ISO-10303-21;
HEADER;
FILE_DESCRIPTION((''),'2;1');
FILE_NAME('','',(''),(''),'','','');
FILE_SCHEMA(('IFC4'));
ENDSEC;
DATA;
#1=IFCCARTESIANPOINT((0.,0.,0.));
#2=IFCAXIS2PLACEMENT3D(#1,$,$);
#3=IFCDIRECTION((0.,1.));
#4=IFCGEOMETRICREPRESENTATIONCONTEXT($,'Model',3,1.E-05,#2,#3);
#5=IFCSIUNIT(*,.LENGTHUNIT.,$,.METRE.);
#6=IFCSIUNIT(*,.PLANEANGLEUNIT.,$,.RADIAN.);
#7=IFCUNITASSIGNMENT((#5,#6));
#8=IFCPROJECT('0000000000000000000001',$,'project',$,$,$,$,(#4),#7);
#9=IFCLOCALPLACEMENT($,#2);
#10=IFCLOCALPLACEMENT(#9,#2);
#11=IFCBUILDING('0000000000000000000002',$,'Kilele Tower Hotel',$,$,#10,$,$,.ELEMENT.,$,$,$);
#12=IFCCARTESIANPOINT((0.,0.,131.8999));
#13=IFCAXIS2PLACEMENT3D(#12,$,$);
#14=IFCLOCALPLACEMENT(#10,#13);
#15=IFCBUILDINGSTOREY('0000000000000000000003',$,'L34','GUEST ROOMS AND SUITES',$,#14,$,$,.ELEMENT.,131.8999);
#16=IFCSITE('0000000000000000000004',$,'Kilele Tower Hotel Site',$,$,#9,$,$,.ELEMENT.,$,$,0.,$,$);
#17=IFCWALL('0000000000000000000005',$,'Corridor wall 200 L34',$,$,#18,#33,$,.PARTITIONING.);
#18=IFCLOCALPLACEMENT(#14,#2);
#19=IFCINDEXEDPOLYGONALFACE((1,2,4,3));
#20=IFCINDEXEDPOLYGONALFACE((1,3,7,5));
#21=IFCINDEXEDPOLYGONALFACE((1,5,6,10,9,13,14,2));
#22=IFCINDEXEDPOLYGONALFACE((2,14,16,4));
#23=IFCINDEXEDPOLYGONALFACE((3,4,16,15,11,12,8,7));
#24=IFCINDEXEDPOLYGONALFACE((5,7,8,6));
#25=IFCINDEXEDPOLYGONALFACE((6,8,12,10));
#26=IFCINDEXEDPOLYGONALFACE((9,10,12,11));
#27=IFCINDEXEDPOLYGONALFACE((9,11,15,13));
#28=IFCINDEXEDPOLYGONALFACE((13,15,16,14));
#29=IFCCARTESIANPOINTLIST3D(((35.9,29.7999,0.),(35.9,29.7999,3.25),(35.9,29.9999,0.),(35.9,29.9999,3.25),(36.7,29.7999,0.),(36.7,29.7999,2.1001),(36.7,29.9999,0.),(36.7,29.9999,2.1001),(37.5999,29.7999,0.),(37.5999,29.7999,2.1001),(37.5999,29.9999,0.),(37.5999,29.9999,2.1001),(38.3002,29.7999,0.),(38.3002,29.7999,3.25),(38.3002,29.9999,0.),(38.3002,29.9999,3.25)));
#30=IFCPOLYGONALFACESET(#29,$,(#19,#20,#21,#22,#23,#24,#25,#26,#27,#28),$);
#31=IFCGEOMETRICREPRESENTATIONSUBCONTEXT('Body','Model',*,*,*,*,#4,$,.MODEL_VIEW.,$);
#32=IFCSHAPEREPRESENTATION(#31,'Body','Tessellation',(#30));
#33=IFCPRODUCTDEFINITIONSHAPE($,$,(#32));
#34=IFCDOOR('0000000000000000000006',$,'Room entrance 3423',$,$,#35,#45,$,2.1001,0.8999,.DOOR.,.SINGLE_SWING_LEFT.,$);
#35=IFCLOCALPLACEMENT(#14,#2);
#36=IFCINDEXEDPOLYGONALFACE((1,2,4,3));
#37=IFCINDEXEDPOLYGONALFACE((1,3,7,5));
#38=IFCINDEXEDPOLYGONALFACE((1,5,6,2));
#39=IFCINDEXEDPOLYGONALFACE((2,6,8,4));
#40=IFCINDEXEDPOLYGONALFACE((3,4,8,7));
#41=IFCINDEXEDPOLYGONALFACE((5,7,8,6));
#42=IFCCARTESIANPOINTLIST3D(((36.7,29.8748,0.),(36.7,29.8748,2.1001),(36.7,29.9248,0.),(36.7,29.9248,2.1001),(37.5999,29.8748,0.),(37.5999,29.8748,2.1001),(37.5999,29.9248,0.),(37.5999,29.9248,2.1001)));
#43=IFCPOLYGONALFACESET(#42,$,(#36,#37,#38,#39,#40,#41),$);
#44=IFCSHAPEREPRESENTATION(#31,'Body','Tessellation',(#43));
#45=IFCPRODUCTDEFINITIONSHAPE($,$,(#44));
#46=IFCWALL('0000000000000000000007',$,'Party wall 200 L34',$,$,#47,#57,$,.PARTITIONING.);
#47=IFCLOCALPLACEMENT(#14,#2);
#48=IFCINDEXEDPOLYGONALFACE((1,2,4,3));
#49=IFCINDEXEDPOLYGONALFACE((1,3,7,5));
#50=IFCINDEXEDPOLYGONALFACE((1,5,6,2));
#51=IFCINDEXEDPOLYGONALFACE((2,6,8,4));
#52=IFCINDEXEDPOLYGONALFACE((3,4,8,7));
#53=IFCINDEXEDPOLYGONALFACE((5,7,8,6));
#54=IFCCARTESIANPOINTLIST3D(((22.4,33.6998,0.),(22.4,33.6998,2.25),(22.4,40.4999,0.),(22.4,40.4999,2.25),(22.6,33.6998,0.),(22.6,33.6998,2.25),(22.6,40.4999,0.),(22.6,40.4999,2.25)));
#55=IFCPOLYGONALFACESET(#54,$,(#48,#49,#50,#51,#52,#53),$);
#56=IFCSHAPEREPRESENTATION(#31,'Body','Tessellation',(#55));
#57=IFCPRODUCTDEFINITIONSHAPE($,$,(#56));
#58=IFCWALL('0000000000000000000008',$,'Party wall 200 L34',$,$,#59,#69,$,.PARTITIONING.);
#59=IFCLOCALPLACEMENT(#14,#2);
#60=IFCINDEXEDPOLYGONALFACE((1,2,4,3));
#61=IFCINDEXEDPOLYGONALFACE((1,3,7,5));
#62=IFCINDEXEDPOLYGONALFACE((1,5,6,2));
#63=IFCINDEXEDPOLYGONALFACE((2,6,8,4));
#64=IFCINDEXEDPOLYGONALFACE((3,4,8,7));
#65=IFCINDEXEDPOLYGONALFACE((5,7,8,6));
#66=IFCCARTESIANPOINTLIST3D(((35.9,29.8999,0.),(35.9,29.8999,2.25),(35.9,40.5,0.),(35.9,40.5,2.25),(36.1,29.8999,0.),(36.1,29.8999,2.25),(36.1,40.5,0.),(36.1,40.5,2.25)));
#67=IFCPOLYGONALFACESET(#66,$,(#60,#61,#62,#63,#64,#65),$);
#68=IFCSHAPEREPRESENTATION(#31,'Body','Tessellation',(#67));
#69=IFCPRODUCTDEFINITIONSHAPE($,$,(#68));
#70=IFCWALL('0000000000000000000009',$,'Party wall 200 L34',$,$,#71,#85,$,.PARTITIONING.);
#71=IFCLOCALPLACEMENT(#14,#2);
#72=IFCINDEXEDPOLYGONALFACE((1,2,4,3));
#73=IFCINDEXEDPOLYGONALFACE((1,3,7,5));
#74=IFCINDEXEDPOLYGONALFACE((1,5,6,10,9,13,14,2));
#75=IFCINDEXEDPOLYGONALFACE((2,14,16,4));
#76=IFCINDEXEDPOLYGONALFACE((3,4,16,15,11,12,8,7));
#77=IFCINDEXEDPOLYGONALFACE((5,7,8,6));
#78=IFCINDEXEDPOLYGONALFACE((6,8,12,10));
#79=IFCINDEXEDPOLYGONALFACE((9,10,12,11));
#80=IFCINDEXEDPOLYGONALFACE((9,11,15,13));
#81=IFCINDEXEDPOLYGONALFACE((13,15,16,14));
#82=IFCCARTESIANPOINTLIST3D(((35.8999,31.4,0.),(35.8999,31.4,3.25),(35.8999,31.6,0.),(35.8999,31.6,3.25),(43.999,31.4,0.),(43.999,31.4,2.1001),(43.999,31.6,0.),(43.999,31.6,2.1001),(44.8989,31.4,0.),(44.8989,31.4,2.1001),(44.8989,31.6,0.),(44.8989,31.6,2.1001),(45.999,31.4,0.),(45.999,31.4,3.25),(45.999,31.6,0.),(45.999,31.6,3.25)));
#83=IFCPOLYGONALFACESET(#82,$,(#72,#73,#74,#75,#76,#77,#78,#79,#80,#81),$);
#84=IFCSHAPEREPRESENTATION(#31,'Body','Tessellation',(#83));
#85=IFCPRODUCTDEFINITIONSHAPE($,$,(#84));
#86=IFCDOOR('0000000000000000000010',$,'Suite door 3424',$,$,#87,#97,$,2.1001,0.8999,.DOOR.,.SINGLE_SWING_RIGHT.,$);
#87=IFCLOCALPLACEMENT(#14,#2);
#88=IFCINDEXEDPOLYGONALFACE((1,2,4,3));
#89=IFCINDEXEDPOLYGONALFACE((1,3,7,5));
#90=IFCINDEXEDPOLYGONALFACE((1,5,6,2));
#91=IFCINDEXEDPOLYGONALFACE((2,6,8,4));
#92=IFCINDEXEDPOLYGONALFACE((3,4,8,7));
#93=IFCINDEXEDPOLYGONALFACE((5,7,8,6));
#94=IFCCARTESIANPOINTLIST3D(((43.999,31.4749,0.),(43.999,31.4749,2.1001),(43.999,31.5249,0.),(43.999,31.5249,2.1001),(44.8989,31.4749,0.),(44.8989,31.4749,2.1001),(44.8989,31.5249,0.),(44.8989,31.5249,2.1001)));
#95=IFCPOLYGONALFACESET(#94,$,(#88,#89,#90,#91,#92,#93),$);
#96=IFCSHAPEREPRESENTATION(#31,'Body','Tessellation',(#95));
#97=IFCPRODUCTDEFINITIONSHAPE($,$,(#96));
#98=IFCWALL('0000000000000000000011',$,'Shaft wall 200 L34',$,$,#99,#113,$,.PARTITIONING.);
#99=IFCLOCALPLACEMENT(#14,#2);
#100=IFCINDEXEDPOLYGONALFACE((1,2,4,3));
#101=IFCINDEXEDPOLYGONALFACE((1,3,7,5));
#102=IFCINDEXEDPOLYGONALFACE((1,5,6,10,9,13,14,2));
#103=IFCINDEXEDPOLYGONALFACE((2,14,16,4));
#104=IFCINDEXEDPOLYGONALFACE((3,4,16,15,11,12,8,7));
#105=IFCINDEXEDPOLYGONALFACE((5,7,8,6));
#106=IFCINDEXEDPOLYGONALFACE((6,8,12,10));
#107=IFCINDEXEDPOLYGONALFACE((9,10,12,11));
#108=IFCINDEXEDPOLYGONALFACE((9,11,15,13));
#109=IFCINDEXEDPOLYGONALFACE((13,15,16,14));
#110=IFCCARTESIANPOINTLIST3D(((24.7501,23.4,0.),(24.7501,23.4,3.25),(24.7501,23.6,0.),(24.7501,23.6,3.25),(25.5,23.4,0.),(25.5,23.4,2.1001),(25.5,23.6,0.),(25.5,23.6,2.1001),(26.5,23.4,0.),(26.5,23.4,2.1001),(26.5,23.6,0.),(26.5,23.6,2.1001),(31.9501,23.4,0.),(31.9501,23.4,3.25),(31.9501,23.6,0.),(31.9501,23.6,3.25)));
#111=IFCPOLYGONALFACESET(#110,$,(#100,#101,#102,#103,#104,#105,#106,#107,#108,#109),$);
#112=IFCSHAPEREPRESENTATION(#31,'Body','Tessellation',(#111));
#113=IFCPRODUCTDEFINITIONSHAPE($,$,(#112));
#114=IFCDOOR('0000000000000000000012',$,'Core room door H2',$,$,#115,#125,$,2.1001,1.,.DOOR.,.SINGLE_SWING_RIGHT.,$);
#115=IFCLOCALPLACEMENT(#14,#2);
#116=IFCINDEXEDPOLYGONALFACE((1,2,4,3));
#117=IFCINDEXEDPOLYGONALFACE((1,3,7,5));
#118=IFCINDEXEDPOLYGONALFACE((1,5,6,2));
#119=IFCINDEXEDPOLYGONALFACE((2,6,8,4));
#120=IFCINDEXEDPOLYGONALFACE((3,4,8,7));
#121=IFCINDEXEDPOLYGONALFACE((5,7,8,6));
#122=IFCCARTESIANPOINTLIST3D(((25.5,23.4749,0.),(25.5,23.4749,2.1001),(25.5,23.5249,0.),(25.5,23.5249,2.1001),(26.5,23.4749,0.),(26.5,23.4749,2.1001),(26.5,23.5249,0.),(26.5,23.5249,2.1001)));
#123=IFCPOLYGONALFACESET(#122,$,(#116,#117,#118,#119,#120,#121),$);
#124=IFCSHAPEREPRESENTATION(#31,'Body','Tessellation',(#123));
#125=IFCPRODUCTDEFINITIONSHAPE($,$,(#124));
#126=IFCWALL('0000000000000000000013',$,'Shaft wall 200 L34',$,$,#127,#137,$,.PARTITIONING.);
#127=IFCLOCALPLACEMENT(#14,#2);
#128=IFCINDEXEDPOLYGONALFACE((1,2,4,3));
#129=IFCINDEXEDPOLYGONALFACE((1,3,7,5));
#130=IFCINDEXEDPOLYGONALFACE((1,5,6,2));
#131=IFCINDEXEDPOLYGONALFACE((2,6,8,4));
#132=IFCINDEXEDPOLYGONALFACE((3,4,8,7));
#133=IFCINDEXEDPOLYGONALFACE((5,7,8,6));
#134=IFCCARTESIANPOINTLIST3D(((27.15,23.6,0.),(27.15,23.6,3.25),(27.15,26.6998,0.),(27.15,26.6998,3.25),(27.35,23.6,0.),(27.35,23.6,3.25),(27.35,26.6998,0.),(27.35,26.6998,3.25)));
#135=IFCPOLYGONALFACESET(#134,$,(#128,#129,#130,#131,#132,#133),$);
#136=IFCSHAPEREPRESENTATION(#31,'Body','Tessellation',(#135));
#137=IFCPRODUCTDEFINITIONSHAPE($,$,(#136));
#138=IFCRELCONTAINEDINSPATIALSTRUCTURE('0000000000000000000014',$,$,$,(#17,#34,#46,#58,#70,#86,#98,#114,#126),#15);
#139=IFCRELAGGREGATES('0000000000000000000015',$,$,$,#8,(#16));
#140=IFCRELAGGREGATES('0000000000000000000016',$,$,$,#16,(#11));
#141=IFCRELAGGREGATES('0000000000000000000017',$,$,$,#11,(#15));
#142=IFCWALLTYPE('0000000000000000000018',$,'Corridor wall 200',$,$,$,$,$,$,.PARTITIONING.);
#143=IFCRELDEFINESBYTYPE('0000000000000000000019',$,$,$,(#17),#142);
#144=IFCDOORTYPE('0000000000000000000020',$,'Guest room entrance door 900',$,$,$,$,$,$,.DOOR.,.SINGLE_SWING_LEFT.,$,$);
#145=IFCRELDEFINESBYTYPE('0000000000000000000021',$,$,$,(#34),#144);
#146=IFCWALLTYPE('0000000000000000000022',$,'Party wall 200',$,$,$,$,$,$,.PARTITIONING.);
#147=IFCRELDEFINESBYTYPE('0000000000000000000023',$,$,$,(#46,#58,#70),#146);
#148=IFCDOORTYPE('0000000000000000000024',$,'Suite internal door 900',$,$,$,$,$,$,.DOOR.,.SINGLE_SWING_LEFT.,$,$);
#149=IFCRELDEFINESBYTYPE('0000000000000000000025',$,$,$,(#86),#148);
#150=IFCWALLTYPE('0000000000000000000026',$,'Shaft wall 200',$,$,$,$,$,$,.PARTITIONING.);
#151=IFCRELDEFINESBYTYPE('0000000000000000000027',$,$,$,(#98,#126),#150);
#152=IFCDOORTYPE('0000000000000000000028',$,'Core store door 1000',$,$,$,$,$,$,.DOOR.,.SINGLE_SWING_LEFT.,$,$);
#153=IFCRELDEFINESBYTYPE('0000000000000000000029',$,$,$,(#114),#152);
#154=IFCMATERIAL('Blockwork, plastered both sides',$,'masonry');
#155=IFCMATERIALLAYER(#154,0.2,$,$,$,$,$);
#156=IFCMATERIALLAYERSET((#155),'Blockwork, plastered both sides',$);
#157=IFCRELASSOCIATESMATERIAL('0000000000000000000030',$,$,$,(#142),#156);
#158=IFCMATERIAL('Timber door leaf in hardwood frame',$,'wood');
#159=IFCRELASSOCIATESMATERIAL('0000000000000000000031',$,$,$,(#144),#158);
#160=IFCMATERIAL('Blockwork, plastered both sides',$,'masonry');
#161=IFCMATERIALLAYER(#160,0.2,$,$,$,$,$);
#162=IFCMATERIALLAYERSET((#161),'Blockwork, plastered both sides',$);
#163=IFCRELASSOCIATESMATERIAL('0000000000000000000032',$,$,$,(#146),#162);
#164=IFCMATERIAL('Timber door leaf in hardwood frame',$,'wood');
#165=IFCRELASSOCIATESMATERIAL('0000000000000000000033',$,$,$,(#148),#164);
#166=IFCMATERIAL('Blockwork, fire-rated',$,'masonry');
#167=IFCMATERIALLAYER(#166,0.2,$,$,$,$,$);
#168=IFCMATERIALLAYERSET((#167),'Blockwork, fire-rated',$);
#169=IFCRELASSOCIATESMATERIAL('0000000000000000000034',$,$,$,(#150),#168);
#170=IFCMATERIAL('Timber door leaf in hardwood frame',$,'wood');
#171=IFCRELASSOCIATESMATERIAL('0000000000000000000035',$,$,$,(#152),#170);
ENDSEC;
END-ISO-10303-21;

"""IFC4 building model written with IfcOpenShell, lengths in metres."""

from ifc_helpers import new_model, si_unit, direction, frame, frame_2d, origin, place, context, subcontext, project, spatial, rectangle, extrude, material, layer, layer_set, type_object, element, fill, save


model = new_model("IFC4")

# Units and contexts
model_context = context("Model", 3, precision=1e-05, world=origin(), true_north=direction((0.0, 1.0)))
body_context = subcontext(model_context, "Body", "Model", "MODEL_VIEW")
ifc_project = project(units=[si_unit("LENGTHUNIT", "METRE"), si_unit("PLANEANGLEUNIT", "RADIAN")], contexts=[model_context])

# Site, building, storey
site_placement = place(None, origin())
site = spatial("IfcSite", under=ifc_project, at=site_placement, Name="Kilele Tower Hotel Site", CompositionType="ELEMENT", RefElevation=0.0)
building_placement = place(site_placement, origin())
building = spatial("IfcBuilding", under=site, at=building_placement, Name="Kilele Tower Hotel", CompositionType="ELEMENT")
storey_placement = place(building_placement, frame((0.0, 0.0, 131.8999)))
storey = spatial("IfcBuildingStorey", under=building, at=storey_placement, Name="L34", Description="GUEST ROOMS AND SUITES", CompositionType="ELEMENT", Elevation=131.8999)

# Wall, opening, door
ifc_material_1 = material(Name="Blockwork, plastered both sides", Category="masonry")
ifc_layer_1 = layer(ifc_material_1, 0.2)
ifc_layer_set_1 = layer_set([ifc_layer_1], Name="Blockwork, plastered both sides")
wall_type_1 = type_object("IfcWallType", Name="Corridor wall 200", PredefinedType="PARTITIONING", material=ifc_layer_set_1)
wall_1_placement = place(storey_placement, frame((35.8999, 29.8999, 0.0), z_axis=(0.0, 0.0, 1.0), x_axis=(1.0, 0.0, 0.0)))
wall_1 = element("IfcWall", 1, at=wall_1_placement, inside=storey, type_object=wall_type_1, Name="Corridor wall 200 L34", PredefinedType="PARTITIONING", context=body_context, shape_type="SweptSolid", body=[
    extrude(rectangle(XDim=2.4001, YDim=0.2, at=frame_2d((1.2002, 0.0))), origin(), (0.0, 0.0, 1.0), 3.25),
])
opening_1_placement = place(wall_1_placement, frame((0.8, 0.0, 0.0)))
opening_1 = element("IfcOpeningElement", 2, at=opening_1_placement, cuts=wall_1, PredefinedType="OPENING", context=body_context, shape_type="SweptSolid", body=[
    extrude(rectangle(XDim=0.8999, YDim=2.1001, at=frame_2d((0.45, 1.05))), frame((0.0, 0.1099, 0.0), z_axis=(0.0, -1.0, 0.0), x_axis=(1.0, 0.0, 0.0)), (0.0, 0.0, 1.0), 0.22),
])
ifc_material_2 = material(Name="Timber door leaf in hardwood frame", Category="wood")
door_type_1 = type_object("IfcDoorType", Name="Guest room entrance door 900", OperationType="SINGLE_SWING_LEFT", PredefinedType="DOOR", material=ifc_material_2)
door_1_placement = place(opening_1_placement, origin())
door_1 = element("IfcDoor", 3, at=door_1_placement, inside=storey, type_object=door_type_1, Name="Room entrance 3423", OperationType="SINGLE_SWING_LEFT", OverallHeight=2.1001, OverallWidth=0.8999, PredefinedType="DOOR", context=body_context, shape_type="SweptSolid", body=[
    extrude(rectangle(XDim=0.8999, YDim=2.1001, at=frame_2d((0.45, 1.05))), frame((0.0, 0.0249, 0.0), z_axis=(0.0, -1.0, 0.0), x_axis=(1.0, 0.0, 0.0)), (0.0, 0.0, 1.0), 0.05),
])
fill(opening_1, door_1)

# Walls
ifc_material_3 = material(Name="Blockwork, plastered both sides", Category="masonry")
ifc_layer_2 = layer(ifc_material_3, 0.2)
ifc_layer_set_2 = layer_set([ifc_layer_2], Name="Blockwork, plastered both sides")
wall_type_2 = type_object("IfcWallType", Name="Party wall 200", PredefinedType="PARTITIONING", material=ifc_layer_set_2)
wall_2_placement = place(storey_placement, frame((22.5, 33.7, 0.0), z_axis=(0.0, 0.0, 1.0), x_axis=(0.0, 1.0, 0.0)))
element("IfcWall", 4, at=wall_2_placement, inside=storey, type_object=wall_type_2, Name="Party wall 200 L34", PredefinedType="PARTITIONING", context=body_context, shape_type="SweptSolid", body=[
    extrude(rectangle(XDim=6.8, YDim=0.2, at=frame_2d((3.3999, 0.0))), origin(), (0.0, 0.0, 1.0), 2.25),
])
wall_3_placement = place(storey_placement, frame((36.0, 29.8999, 0.0), z_axis=(0.0, 0.0, 1.0), x_axis=(0.0, 1.0, 0.0)))
element("IfcWall", 5, at=wall_3_placement, inside=storey, type_object=wall_type_2, Name="Party wall 200 L34", PredefinedType="PARTITIONING", context=body_context, shape_type="SweptSolid", body=[
    extrude(rectangle(XDim=10.6001, YDim=0.2, at=frame_2d((5.3, 0.0))), origin(), (0.0, 0.0, 1.0), 2.25),
])

# Walls, openings, doors
wall_4_placement = place(storey_placement, frame((35.8999, 31.5, 0.0), z_axis=(0.0, 0.0, 1.0), x_axis=(1.0, 0.0, 0.0)))
wall_4 = element("IfcWall", 6, at=wall_4_placement, inside=storey, type_object=wall_type_2, Name="Party wall 200 L34", PredefinedType="PARTITIONING", context=body_context, shape_type="SweptSolid", body=[
    extrude(rectangle(XDim=10.0991, YDim=0.2, at=frame_2d((5.0496, 0.0))), origin(), (0.0, 0.0, 1.0), 3.25),
])
opening_2_placement = place(wall_4_placement, frame((8.0991, 0.0, 0.0)))
opening_2 = element("IfcOpeningElement", 7, at=opening_2_placement, cuts=wall_4, PredefinedType="OPENING", context=body_context, shape_type="SweptSolid", body=[
    extrude(rectangle(XDim=0.8999, YDim=2.1001, at=frame_2d((0.45, 1.05))), frame((0.0, 0.1099, 0.0), z_axis=(0.0, -1.0, 0.0), x_axis=(1.0, 0.0, 0.0)), (0.0, 0.0, 1.0), 0.22),
])
ifc_material_4 = material(Name="Timber door leaf in hardwood frame", Category="wood")
door_type_2 = type_object("IfcDoorType", Name="Suite internal door 900", OperationType="SINGLE_SWING_LEFT", PredefinedType="DOOR", material=ifc_material_4)
door_2_placement = place(opening_2_placement, origin())
door_2 = element("IfcDoor", 8, at=door_2_placement, inside=storey, type_object=door_type_2, Name="Suite door 3424", OperationType="SINGLE_SWING_RIGHT", OverallHeight=2.1001, OverallWidth=0.8999, PredefinedType="DOOR", context=body_context, shape_type="SweptSolid", body=[
    extrude(rectangle(XDim=0.8999, YDim=2.1001, at=frame_2d((0.45, 1.05))), frame((0.0, 0.0249, 0.0), z_axis=(0.0, -1.0, 0.0), x_axis=(1.0, 0.0, 0.0)), (0.0, 0.0, 1.0), 0.05),
])
fill(opening_2, door_2)
ifc_material_5 = material(Name="Blockwork, fire-rated", Category="masonry")
ifc_layer_3 = layer(ifc_material_5, 0.2)
ifc_layer_set_3 = layer_set([ifc_layer_3], Name="Blockwork, fire-rated")
wall_type_3 = type_object("IfcWallType", Name="Shaft wall 200", PredefinedType="PARTITIONING", material=ifc_layer_set_3)
wall_5_placement = place(storey_placement, frame((24.75, 23.5, 0.0), z_axis=(0.0, 0.0, 1.0), x_axis=(1.0, 0.0, 0.0)))
wall_5 = element("IfcWall", 9, at=wall_5_placement, inside=storey, type_object=wall_type_3, Name="Shaft wall 200 L34", PredefinedType="PARTITIONING", context=body_context, shape_type="SweptSolid", body=[
    extrude(rectangle(XDim=7.2, YDim=0.2, at=frame_2d((3.6001, 0.0))), origin(), (0.0, 0.0, 1.0), 3.25),
])
opening_3_placement = place(wall_5_placement, frame((0.75, 0.0, 0.0)))
opening_3 = element("IfcOpeningElement", 10, at=opening_3_placement, cuts=wall_5, PredefinedType="OPENING", context=body_context, shape_type="SweptSolid", body=[
    extrude(rectangle(XDim=1.0, YDim=2.1001, at=frame_2d((0.5, 1.05))), frame((0.0, 0.1099, 0.0), z_axis=(0.0, -1.0, 0.0), x_axis=(1.0, 0.0, 0.0)), (0.0, 0.0, 1.0), 0.22),
])
ifc_material_6 = material(Name="Timber door leaf in hardwood frame", Category="wood")
door_type_3 = type_object("IfcDoorType", Name="Core store door 1000", OperationType="SINGLE_SWING_LEFT", PredefinedType="DOOR", material=ifc_material_6)
door_3_placement = place(opening_3_placement, origin())
door_3 = element("IfcDoor", 11, at=door_3_placement, inside=storey, type_object=door_type_3, Name="Core room door H2", OperationType="SINGLE_SWING_RIGHT", OverallHeight=2.1001, OverallWidth=1.0, PredefinedType="DOOR", context=body_context, shape_type="SweptSolid", body=[
    extrude(rectangle(XDim=1.0, YDim=2.1001, at=frame_2d((0.5, 1.05))), frame((0.0, 0.0249, 0.0), z_axis=(0.0, -1.0, 0.0), x_axis=(1.0, 0.0, 0.0)), (0.0, 0.0, 1.0), 0.05),
])
fill(opening_3, door_3)

# Wall
wall_6_placement = place(storey_placement, frame((27.25, 23.6001, 0.0), z_axis=(0.0, 0.0, 1.0), x_axis=(0.0, 1.0, 0.0)))
element("IfcWall", 12, at=wall_6_placement, inside=storey, type_object=wall_type_3, Name="Shaft wall 200 L34", PredefinedType="PARTITIONING", context=body_context, shape_type="SweptSolid", body=[
    extrude(rectangle(XDim=3.0999, YDim=0.2, at=frame_2d((1.5498, 0.0))), origin(), (0.0, 0.0, 1.0), 3.25),
])

save(model, "model.ifc")
